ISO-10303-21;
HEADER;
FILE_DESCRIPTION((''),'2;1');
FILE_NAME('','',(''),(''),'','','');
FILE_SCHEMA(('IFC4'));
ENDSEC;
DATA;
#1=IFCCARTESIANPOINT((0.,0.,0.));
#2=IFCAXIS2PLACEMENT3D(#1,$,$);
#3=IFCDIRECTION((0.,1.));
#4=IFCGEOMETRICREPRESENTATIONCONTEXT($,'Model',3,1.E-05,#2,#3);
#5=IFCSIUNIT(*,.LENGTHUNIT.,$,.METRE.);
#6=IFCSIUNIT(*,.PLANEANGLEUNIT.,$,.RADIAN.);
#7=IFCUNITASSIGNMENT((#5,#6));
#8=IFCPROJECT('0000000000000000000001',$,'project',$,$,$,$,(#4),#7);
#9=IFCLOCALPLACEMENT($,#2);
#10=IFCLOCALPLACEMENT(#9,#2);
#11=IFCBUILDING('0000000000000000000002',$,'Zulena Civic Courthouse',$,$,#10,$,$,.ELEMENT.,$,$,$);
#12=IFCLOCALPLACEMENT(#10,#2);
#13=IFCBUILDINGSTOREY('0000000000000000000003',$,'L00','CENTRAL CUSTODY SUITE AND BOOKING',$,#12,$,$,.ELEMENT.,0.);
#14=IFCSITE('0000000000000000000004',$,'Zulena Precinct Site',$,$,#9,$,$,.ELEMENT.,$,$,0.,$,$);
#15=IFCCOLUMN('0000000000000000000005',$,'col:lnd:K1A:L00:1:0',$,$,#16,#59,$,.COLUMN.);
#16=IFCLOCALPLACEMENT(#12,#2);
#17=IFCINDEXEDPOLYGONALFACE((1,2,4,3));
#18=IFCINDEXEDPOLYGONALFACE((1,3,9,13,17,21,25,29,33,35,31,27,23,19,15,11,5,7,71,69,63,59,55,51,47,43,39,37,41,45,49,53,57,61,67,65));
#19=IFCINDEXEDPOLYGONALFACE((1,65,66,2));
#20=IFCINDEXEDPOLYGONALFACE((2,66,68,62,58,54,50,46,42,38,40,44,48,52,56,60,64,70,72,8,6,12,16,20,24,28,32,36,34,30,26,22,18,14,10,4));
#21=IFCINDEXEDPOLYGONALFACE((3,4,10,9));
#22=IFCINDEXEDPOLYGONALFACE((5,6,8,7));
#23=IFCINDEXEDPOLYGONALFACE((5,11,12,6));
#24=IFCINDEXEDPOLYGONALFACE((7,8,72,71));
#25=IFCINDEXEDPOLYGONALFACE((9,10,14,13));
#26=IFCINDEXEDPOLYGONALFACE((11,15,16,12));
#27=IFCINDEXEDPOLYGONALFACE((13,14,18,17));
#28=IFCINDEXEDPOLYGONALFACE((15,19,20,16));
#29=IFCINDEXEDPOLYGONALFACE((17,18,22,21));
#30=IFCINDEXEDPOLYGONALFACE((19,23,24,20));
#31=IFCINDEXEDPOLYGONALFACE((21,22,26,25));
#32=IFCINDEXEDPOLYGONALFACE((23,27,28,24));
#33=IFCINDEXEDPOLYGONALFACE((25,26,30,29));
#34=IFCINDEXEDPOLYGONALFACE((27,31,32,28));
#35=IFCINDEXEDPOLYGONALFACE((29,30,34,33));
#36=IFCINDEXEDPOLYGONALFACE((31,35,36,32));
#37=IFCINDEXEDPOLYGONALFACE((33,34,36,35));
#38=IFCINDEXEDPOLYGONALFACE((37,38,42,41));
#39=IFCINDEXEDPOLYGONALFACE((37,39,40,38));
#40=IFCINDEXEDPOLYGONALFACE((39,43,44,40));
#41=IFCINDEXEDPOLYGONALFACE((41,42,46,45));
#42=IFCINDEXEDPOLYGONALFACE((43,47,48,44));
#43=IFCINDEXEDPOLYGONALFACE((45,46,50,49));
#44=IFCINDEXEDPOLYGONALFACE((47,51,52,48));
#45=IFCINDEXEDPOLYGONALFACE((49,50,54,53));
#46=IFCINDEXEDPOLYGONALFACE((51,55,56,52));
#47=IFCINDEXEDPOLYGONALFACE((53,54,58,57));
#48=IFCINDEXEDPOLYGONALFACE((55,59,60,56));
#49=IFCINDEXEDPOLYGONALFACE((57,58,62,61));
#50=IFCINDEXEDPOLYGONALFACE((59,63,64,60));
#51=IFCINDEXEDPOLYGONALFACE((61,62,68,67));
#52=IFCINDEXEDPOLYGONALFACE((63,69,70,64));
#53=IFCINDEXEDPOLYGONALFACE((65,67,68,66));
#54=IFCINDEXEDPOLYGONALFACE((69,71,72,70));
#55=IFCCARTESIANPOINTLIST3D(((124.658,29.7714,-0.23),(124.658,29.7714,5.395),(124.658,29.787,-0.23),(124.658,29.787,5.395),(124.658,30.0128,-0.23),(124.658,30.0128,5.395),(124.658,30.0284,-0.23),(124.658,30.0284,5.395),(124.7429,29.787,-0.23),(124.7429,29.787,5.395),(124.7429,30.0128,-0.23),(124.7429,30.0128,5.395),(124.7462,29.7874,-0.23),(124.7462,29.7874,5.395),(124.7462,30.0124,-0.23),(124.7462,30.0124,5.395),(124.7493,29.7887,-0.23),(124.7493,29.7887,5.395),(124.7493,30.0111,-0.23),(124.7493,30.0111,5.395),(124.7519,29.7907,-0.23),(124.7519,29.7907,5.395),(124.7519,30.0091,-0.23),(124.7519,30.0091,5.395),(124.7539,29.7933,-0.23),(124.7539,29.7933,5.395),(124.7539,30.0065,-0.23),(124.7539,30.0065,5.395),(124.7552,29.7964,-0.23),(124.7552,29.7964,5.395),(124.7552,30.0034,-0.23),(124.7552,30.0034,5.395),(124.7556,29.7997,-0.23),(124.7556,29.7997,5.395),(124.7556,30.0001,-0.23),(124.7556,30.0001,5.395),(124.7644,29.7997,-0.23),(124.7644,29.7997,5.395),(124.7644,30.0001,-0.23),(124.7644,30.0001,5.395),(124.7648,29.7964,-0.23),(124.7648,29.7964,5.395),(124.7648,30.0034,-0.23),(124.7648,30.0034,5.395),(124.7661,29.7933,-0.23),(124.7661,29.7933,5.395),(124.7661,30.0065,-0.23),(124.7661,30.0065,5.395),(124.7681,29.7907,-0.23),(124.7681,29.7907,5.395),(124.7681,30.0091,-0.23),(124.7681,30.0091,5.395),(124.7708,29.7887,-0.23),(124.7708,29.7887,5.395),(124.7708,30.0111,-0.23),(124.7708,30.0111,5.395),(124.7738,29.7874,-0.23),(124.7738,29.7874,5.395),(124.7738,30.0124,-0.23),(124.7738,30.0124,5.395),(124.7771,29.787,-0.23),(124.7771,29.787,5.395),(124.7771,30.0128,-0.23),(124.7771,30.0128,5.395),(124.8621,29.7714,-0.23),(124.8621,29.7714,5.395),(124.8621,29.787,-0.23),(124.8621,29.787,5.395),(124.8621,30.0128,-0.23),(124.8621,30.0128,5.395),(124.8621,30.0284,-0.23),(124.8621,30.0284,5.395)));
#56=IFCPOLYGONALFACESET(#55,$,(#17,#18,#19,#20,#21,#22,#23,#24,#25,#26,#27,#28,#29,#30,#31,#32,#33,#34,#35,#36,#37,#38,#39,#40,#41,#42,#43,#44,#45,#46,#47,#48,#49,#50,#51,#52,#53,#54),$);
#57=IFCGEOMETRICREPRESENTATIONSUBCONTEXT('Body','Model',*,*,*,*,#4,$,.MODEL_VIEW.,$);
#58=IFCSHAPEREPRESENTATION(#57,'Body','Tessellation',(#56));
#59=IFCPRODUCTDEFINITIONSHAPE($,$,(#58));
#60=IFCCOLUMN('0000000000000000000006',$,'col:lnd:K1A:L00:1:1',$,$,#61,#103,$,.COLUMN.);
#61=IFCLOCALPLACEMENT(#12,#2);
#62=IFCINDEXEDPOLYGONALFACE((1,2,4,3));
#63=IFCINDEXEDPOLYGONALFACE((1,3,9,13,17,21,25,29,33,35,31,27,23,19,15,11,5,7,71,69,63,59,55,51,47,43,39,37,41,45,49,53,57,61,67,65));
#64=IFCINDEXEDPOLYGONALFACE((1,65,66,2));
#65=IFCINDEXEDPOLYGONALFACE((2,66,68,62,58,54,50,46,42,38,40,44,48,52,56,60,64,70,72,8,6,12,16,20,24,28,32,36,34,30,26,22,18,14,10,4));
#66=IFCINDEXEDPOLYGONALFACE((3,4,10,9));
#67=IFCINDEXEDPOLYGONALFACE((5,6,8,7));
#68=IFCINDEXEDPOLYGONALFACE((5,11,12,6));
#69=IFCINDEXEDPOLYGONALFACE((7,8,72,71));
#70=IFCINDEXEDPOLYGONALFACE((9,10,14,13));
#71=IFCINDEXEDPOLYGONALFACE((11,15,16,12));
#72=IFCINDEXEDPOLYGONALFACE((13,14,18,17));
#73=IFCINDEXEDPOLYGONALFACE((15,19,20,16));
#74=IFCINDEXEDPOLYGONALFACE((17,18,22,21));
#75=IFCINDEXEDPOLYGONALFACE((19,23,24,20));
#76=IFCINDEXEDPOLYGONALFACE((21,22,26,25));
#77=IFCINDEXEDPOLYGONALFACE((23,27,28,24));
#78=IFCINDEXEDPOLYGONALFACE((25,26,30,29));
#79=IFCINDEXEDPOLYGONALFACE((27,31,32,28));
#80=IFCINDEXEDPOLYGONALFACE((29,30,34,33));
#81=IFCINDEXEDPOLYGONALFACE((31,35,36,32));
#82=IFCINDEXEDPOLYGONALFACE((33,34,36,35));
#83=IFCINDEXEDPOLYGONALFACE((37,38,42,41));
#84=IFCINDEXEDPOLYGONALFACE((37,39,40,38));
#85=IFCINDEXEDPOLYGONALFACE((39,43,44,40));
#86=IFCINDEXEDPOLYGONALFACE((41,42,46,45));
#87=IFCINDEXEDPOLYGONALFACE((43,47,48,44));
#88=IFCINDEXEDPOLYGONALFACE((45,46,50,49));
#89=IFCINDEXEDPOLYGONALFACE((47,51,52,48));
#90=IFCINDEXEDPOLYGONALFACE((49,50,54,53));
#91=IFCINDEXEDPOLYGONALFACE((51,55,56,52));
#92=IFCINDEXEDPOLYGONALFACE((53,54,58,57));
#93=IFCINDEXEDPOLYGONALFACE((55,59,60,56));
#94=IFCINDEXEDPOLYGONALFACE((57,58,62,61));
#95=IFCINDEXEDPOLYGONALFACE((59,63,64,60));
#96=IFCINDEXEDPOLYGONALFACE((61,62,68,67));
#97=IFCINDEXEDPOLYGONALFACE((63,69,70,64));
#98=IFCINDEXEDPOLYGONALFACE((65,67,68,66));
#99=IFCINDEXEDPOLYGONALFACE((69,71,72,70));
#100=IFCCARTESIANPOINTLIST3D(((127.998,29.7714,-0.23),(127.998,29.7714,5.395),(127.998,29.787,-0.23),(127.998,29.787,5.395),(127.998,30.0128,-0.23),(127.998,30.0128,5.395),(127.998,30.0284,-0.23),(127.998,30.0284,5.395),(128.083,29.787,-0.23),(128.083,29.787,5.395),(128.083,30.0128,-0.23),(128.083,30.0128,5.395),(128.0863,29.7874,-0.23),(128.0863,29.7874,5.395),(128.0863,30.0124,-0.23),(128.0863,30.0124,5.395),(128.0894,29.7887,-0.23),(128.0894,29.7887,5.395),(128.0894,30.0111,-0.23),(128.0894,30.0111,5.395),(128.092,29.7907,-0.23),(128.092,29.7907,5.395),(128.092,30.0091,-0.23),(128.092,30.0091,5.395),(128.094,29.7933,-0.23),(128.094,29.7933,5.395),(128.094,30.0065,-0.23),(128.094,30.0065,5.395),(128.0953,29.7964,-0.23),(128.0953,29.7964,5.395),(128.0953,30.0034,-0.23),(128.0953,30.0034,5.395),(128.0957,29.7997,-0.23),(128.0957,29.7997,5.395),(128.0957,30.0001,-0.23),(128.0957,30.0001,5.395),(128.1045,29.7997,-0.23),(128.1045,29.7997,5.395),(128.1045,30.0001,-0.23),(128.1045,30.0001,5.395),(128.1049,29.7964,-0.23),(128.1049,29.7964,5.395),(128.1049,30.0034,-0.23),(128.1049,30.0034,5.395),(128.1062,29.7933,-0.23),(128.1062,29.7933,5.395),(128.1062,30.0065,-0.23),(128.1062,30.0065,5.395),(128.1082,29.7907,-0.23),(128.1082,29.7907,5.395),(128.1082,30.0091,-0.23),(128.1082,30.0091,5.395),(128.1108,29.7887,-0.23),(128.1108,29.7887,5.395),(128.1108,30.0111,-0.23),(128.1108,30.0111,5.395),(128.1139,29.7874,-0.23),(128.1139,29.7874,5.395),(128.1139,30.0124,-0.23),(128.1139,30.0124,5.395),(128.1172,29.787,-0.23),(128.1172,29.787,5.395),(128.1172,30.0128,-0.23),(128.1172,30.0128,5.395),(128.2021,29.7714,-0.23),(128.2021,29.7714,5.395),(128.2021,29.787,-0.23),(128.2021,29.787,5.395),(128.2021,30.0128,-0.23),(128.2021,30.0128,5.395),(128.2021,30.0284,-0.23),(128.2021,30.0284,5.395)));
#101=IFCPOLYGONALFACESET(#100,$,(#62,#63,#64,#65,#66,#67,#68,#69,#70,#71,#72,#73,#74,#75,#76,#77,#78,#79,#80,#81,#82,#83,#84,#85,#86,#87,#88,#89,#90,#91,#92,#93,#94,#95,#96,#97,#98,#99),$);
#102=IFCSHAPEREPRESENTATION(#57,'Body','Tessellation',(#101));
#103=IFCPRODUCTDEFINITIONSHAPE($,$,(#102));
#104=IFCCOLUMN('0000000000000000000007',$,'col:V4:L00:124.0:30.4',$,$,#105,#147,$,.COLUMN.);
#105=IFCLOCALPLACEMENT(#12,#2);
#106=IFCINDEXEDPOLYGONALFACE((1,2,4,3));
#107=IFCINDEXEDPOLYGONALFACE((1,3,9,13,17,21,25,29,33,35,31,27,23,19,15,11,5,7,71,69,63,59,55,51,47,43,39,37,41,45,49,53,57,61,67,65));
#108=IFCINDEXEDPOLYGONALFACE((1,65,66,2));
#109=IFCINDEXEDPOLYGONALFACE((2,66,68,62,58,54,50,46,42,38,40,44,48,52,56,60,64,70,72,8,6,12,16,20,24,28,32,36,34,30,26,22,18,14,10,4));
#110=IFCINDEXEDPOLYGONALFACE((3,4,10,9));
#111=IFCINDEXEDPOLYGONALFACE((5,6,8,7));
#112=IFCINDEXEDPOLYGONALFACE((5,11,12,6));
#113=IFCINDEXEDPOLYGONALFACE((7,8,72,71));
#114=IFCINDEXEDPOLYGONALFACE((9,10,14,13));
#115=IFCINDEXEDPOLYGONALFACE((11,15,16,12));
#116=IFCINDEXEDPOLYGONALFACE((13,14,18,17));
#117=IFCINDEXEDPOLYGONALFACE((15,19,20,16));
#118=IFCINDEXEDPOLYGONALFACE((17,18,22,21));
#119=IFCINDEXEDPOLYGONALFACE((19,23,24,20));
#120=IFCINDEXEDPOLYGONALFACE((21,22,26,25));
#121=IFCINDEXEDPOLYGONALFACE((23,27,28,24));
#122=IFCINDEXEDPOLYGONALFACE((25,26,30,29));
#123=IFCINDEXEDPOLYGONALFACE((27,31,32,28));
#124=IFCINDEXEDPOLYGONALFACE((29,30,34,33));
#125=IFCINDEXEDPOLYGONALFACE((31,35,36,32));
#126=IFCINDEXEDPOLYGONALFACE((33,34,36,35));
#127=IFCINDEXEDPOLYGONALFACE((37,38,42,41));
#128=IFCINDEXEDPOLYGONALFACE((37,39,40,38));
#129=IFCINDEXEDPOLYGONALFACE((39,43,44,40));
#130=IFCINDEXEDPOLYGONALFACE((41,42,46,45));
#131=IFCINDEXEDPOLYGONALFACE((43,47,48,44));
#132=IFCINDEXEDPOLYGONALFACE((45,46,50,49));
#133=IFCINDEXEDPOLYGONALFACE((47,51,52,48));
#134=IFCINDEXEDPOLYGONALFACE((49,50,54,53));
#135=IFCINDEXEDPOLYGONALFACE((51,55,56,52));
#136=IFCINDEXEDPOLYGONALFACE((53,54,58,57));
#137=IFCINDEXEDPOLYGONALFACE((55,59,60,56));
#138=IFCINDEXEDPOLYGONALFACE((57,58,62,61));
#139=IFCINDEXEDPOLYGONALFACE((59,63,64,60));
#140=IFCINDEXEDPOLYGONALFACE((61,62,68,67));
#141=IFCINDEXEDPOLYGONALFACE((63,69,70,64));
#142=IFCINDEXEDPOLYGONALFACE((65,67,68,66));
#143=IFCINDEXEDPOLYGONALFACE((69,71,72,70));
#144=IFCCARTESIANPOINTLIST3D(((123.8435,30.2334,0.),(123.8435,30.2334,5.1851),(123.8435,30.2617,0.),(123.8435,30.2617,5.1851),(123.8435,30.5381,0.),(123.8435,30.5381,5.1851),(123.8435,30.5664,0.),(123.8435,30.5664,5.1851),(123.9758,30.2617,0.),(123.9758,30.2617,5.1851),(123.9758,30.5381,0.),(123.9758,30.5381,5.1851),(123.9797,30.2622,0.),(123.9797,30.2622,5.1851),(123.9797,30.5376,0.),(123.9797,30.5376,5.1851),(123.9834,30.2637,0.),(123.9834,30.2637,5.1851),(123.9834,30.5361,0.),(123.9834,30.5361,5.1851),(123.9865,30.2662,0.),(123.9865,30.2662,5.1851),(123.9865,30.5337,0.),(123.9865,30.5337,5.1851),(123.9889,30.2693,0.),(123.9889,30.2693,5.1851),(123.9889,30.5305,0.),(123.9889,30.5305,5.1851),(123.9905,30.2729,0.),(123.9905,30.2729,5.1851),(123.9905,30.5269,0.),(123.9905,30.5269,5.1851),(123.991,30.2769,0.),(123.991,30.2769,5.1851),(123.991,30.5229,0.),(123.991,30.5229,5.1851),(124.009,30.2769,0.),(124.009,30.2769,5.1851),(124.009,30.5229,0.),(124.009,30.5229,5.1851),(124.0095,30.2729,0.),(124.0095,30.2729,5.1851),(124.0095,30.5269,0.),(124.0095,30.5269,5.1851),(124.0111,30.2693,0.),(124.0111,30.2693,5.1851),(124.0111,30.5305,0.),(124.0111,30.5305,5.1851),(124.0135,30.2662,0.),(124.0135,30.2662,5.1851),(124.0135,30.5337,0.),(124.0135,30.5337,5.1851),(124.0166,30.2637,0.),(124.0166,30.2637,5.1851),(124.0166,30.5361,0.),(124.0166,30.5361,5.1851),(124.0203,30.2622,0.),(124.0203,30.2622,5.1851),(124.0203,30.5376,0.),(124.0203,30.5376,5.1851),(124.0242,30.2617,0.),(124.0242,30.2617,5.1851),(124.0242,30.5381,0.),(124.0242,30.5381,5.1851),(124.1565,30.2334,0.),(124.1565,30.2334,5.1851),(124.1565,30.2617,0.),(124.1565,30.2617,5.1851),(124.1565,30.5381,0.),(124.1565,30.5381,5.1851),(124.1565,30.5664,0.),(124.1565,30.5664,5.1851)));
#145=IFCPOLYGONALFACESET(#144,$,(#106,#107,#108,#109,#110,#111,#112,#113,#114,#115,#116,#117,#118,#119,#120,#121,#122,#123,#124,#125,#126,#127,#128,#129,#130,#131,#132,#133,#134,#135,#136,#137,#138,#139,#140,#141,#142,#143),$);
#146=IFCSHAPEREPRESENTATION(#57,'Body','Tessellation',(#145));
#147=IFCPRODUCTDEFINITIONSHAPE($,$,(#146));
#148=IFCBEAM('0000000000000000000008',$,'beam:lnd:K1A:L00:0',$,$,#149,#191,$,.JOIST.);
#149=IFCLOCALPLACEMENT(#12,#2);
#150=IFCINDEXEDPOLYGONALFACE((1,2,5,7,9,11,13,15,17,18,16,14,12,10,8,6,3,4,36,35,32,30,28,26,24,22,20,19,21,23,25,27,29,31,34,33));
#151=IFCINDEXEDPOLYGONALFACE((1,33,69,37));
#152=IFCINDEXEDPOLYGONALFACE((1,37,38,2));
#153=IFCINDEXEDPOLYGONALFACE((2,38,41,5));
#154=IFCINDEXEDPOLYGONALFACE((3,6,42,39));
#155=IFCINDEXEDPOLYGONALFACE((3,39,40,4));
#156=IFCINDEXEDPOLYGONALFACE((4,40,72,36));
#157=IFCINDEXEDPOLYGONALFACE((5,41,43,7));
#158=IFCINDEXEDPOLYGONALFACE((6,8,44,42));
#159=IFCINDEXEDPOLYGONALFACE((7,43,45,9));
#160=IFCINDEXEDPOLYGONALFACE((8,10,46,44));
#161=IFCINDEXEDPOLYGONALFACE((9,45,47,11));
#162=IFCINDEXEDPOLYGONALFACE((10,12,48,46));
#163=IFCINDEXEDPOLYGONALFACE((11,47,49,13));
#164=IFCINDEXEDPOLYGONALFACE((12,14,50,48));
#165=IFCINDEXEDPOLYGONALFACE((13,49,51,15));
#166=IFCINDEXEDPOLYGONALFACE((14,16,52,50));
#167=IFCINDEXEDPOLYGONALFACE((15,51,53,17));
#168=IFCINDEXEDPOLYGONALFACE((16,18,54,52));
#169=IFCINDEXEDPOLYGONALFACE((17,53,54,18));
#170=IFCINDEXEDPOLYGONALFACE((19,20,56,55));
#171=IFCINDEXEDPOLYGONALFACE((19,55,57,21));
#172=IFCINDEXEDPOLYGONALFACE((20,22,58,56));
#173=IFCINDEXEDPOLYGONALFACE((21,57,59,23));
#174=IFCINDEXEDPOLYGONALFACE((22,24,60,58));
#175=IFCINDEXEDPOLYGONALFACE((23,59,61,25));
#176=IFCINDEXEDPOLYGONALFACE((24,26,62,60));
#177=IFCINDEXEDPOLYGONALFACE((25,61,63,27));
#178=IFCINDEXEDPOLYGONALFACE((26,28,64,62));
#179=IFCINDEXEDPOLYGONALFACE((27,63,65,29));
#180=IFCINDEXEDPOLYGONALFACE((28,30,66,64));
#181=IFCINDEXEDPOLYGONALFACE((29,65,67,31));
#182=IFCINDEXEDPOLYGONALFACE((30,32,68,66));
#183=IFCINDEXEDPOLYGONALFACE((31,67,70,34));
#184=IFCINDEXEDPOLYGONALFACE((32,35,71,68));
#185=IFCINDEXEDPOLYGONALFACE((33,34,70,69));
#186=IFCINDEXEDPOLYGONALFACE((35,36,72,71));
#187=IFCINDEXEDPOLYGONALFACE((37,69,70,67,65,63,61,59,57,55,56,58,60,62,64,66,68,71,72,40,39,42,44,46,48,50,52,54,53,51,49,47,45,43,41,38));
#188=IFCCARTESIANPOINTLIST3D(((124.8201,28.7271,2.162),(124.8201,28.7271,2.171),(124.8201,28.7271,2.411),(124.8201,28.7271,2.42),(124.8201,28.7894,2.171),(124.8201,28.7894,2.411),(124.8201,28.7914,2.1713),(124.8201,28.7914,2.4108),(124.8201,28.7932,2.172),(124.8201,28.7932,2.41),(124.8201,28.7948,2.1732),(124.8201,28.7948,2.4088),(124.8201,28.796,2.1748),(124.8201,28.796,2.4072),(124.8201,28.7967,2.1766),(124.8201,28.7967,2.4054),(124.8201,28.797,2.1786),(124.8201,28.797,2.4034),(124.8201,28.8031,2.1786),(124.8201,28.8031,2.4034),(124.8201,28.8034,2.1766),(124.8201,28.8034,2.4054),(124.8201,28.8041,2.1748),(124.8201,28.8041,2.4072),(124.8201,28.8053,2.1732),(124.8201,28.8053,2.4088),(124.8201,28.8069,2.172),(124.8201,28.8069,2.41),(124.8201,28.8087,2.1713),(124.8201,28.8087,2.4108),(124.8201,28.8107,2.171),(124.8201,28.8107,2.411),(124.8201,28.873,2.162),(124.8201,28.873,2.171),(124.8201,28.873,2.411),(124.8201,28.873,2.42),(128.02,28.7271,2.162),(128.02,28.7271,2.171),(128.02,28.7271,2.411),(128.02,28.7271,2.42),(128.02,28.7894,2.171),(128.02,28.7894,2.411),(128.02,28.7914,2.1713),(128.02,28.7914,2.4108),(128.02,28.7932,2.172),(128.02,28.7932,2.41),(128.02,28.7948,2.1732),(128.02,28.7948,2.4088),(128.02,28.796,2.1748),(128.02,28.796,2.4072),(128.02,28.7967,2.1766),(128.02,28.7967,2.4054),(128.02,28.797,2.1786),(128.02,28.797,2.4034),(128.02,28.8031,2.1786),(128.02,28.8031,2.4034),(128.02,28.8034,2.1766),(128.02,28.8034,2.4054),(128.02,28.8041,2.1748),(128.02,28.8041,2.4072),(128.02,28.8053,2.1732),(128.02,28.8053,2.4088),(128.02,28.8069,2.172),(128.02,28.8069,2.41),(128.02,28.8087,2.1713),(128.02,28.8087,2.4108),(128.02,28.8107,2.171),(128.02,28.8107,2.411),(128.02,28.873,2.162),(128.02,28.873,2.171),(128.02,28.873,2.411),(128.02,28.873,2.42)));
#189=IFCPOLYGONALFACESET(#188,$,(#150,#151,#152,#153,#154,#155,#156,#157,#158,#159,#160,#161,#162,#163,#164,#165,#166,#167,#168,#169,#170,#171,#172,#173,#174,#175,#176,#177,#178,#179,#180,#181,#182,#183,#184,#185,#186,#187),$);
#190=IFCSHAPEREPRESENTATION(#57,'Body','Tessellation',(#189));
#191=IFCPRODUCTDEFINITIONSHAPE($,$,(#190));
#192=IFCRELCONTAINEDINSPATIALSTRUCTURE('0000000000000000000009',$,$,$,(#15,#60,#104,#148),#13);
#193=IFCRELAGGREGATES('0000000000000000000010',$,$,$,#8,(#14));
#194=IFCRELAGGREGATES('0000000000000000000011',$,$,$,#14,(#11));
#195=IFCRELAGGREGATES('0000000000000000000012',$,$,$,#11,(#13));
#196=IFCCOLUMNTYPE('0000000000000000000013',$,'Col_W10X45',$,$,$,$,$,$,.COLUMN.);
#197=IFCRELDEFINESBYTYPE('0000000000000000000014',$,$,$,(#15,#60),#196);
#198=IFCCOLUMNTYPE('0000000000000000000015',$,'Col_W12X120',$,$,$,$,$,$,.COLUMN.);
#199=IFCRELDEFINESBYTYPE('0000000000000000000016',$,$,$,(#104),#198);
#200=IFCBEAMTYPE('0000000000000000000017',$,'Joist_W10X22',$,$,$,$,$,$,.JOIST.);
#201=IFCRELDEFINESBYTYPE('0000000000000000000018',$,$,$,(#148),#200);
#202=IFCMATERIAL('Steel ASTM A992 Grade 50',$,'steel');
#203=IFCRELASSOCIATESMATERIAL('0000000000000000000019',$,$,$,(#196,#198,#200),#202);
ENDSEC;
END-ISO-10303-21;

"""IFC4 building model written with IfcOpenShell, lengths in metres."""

from ifc_helpers import new_model, si_unit, direction, frame, origin, origin_2d, place, context, subcontext, project, spatial, i_section, extrude, material, material_profile, profile_set, type_object, element, save


model = new_model("IFC4")

# Units and contexts
model_context = context("Model", 3, precision=1e-05, world=origin(), true_north=direction((0.0, 1.0)))
body_context = subcontext(model_context, "Body", "Model", "MODEL_VIEW")
ifc_project = project(units=[si_unit("LENGTHUNIT", "METRE"), si_unit("PLANEANGLEUNIT", "RADIAN")], contexts=[model_context])

# Site, building, storey
site_placement = place(None, origin())
site = spatial("IfcSite", under=ifc_project, at=site_placement, Name="Zulena Precinct Site", CompositionType="ELEMENT", RefElevation=0.0)
building_placement = place(site_placement, origin())
building = spatial("IfcBuilding", under=site, at=building_placement, Name="Zulena Civic Courthouse", CompositionType="ELEMENT")
storey_placement = place(building_placement, origin())
storey = spatial("IfcBuildingStorey", under=building, at=storey_placement, Name="L00", Description="CENTRAL CUSTODY SUITE AND BOOKING", CompositionType="ELEMENT", Elevation=0.0)

# Columns
ifc_material_1 = material(Name="Steel ASTM A992 Grade 50", Category="steel")
ifc_material_profile_1 = material_profile(ifc_material_1, i_section(OverallWidth=0.2041, OverallDepth=0.2571, WebThickness=0.0088, FlangeThickness=0.0156, FilletRadius=0.0127, at=origin_2d()), Name="W10X45")
ifc_profile_set_1 = profile_set([ifc_material_profile_1], Name="Steel ASTM A992 Grade 50")
column_type_1 = type_object("IfcColumnType", Name="Col_W10X45", PredefinedType="COLUMN", material=ifc_profile_set_1)
for number, where, z_axis, x_axis, name in (
    (1, (124.76, 29.8999, -0.23), (0.0, 0.0, 1.0), (1.0, 0.0, 0.0), "col:lnd:K1A:L00:1:0"),
    (2, (128.1001, 29.8999, -0.23), (0.0, 0.0, 1.0), (1.0, 0.0, 0.0), "col:lnd:K1A:L00:1:1"),
):
    element("IfcColumn", number, at=place(storey_placement, frame(where, z_axis=z_axis, x_axis=x_axis)), inside=storey, type_object=column_type_1, Name=name, PredefinedType="COLUMN", context=body_context, shape_type="SweptSolid", body=[
        extrude(i_section(OverallWidth=0.2041, OverallDepth=0.2571, WebThickness=0.0088, FlangeThickness=0.0156, FilletRadius=0.0127, at=origin_2d()), origin(), (0.0, 0.0, 1.0), 5.625),
    ])
ifc_material_profile_2 = material_profile(ifc_material_1, i_section(OverallWidth=0.313, OverallDepth=0.333, WebThickness=0.0181, FlangeThickness=0.0283, FilletRadius=0.0151, at=origin_2d()), Name="W12X120")
ifc_profile_set_2 = profile_set([ifc_material_profile_2], Name="Steel ASTM A992 Grade 50")
column_type_2 = type_object("IfcColumnType", Name="Col_W12X120", PredefinedType="COLUMN", material=ifc_profile_set_2)
column_placement = place(storey_placement, frame((124.0, 30.3999, 0.0), z_axis=(0.0, 0.0, 1.0), x_axis=(1.0, 0.0, 0.0)))
element("IfcColumn", 3, at=column_placement, inside=storey, type_object=column_type_2, Name="col:V4:L00:124.0:30.4", PredefinedType="COLUMN", context=body_context, shape_type="SweptSolid", body=[
    extrude(i_section(OverallWidth=0.313, OverallDepth=0.333, WebThickness=0.0181, FlangeThickness=0.0283, FilletRadius=0.0151, at=origin_2d()), origin(), (0.0, 0.0, 1.0), 5.1851),
])

# Beam
ifc_material_profile_3 = material_profile(ifc_material_1, i_section(OverallWidth=0.146, OverallDepth=0.2581, WebThickness=0.0061, FlangeThickness=0.009, FilletRadius=0.0076, at=origin_2d()), Name="W10X22")
ifc_profile_set_3 = profile_set([ifc_material_profile_3], Name="Steel ASTM A992 Grade 50")
beam_type_1 = type_object("IfcBeamType", Name="Joist_W10X22", PredefinedType="JOIST", material=ifc_profile_set_3)
for number, where, z_axis, x_axis, name in (
    (4, (124.8201, 28.8, 2.291), (1.0, 0.0, 0.0), (0.0, 1.0, 0.0), "beam:lnd:K1A:L00:0"),
):
    element("IfcBeam", number, at=place(storey_placement, frame(where, z_axis=z_axis, x_axis=x_axis)), inside=storey, type_object=beam_type_1, Name=name, PredefinedType="JOIST", context=body_context, shape_type="SweptSolid", body=[
        extrude(i_section(OverallWidth=0.146, OverallDepth=0.2581, WebThickness=0.0061, FlangeThickness=0.009, FilletRadius=0.0076, at=origin_2d()), origin(), (0.0, 0.0, 1.0), 3.2),
    ])

save(model, "model.ifc")
